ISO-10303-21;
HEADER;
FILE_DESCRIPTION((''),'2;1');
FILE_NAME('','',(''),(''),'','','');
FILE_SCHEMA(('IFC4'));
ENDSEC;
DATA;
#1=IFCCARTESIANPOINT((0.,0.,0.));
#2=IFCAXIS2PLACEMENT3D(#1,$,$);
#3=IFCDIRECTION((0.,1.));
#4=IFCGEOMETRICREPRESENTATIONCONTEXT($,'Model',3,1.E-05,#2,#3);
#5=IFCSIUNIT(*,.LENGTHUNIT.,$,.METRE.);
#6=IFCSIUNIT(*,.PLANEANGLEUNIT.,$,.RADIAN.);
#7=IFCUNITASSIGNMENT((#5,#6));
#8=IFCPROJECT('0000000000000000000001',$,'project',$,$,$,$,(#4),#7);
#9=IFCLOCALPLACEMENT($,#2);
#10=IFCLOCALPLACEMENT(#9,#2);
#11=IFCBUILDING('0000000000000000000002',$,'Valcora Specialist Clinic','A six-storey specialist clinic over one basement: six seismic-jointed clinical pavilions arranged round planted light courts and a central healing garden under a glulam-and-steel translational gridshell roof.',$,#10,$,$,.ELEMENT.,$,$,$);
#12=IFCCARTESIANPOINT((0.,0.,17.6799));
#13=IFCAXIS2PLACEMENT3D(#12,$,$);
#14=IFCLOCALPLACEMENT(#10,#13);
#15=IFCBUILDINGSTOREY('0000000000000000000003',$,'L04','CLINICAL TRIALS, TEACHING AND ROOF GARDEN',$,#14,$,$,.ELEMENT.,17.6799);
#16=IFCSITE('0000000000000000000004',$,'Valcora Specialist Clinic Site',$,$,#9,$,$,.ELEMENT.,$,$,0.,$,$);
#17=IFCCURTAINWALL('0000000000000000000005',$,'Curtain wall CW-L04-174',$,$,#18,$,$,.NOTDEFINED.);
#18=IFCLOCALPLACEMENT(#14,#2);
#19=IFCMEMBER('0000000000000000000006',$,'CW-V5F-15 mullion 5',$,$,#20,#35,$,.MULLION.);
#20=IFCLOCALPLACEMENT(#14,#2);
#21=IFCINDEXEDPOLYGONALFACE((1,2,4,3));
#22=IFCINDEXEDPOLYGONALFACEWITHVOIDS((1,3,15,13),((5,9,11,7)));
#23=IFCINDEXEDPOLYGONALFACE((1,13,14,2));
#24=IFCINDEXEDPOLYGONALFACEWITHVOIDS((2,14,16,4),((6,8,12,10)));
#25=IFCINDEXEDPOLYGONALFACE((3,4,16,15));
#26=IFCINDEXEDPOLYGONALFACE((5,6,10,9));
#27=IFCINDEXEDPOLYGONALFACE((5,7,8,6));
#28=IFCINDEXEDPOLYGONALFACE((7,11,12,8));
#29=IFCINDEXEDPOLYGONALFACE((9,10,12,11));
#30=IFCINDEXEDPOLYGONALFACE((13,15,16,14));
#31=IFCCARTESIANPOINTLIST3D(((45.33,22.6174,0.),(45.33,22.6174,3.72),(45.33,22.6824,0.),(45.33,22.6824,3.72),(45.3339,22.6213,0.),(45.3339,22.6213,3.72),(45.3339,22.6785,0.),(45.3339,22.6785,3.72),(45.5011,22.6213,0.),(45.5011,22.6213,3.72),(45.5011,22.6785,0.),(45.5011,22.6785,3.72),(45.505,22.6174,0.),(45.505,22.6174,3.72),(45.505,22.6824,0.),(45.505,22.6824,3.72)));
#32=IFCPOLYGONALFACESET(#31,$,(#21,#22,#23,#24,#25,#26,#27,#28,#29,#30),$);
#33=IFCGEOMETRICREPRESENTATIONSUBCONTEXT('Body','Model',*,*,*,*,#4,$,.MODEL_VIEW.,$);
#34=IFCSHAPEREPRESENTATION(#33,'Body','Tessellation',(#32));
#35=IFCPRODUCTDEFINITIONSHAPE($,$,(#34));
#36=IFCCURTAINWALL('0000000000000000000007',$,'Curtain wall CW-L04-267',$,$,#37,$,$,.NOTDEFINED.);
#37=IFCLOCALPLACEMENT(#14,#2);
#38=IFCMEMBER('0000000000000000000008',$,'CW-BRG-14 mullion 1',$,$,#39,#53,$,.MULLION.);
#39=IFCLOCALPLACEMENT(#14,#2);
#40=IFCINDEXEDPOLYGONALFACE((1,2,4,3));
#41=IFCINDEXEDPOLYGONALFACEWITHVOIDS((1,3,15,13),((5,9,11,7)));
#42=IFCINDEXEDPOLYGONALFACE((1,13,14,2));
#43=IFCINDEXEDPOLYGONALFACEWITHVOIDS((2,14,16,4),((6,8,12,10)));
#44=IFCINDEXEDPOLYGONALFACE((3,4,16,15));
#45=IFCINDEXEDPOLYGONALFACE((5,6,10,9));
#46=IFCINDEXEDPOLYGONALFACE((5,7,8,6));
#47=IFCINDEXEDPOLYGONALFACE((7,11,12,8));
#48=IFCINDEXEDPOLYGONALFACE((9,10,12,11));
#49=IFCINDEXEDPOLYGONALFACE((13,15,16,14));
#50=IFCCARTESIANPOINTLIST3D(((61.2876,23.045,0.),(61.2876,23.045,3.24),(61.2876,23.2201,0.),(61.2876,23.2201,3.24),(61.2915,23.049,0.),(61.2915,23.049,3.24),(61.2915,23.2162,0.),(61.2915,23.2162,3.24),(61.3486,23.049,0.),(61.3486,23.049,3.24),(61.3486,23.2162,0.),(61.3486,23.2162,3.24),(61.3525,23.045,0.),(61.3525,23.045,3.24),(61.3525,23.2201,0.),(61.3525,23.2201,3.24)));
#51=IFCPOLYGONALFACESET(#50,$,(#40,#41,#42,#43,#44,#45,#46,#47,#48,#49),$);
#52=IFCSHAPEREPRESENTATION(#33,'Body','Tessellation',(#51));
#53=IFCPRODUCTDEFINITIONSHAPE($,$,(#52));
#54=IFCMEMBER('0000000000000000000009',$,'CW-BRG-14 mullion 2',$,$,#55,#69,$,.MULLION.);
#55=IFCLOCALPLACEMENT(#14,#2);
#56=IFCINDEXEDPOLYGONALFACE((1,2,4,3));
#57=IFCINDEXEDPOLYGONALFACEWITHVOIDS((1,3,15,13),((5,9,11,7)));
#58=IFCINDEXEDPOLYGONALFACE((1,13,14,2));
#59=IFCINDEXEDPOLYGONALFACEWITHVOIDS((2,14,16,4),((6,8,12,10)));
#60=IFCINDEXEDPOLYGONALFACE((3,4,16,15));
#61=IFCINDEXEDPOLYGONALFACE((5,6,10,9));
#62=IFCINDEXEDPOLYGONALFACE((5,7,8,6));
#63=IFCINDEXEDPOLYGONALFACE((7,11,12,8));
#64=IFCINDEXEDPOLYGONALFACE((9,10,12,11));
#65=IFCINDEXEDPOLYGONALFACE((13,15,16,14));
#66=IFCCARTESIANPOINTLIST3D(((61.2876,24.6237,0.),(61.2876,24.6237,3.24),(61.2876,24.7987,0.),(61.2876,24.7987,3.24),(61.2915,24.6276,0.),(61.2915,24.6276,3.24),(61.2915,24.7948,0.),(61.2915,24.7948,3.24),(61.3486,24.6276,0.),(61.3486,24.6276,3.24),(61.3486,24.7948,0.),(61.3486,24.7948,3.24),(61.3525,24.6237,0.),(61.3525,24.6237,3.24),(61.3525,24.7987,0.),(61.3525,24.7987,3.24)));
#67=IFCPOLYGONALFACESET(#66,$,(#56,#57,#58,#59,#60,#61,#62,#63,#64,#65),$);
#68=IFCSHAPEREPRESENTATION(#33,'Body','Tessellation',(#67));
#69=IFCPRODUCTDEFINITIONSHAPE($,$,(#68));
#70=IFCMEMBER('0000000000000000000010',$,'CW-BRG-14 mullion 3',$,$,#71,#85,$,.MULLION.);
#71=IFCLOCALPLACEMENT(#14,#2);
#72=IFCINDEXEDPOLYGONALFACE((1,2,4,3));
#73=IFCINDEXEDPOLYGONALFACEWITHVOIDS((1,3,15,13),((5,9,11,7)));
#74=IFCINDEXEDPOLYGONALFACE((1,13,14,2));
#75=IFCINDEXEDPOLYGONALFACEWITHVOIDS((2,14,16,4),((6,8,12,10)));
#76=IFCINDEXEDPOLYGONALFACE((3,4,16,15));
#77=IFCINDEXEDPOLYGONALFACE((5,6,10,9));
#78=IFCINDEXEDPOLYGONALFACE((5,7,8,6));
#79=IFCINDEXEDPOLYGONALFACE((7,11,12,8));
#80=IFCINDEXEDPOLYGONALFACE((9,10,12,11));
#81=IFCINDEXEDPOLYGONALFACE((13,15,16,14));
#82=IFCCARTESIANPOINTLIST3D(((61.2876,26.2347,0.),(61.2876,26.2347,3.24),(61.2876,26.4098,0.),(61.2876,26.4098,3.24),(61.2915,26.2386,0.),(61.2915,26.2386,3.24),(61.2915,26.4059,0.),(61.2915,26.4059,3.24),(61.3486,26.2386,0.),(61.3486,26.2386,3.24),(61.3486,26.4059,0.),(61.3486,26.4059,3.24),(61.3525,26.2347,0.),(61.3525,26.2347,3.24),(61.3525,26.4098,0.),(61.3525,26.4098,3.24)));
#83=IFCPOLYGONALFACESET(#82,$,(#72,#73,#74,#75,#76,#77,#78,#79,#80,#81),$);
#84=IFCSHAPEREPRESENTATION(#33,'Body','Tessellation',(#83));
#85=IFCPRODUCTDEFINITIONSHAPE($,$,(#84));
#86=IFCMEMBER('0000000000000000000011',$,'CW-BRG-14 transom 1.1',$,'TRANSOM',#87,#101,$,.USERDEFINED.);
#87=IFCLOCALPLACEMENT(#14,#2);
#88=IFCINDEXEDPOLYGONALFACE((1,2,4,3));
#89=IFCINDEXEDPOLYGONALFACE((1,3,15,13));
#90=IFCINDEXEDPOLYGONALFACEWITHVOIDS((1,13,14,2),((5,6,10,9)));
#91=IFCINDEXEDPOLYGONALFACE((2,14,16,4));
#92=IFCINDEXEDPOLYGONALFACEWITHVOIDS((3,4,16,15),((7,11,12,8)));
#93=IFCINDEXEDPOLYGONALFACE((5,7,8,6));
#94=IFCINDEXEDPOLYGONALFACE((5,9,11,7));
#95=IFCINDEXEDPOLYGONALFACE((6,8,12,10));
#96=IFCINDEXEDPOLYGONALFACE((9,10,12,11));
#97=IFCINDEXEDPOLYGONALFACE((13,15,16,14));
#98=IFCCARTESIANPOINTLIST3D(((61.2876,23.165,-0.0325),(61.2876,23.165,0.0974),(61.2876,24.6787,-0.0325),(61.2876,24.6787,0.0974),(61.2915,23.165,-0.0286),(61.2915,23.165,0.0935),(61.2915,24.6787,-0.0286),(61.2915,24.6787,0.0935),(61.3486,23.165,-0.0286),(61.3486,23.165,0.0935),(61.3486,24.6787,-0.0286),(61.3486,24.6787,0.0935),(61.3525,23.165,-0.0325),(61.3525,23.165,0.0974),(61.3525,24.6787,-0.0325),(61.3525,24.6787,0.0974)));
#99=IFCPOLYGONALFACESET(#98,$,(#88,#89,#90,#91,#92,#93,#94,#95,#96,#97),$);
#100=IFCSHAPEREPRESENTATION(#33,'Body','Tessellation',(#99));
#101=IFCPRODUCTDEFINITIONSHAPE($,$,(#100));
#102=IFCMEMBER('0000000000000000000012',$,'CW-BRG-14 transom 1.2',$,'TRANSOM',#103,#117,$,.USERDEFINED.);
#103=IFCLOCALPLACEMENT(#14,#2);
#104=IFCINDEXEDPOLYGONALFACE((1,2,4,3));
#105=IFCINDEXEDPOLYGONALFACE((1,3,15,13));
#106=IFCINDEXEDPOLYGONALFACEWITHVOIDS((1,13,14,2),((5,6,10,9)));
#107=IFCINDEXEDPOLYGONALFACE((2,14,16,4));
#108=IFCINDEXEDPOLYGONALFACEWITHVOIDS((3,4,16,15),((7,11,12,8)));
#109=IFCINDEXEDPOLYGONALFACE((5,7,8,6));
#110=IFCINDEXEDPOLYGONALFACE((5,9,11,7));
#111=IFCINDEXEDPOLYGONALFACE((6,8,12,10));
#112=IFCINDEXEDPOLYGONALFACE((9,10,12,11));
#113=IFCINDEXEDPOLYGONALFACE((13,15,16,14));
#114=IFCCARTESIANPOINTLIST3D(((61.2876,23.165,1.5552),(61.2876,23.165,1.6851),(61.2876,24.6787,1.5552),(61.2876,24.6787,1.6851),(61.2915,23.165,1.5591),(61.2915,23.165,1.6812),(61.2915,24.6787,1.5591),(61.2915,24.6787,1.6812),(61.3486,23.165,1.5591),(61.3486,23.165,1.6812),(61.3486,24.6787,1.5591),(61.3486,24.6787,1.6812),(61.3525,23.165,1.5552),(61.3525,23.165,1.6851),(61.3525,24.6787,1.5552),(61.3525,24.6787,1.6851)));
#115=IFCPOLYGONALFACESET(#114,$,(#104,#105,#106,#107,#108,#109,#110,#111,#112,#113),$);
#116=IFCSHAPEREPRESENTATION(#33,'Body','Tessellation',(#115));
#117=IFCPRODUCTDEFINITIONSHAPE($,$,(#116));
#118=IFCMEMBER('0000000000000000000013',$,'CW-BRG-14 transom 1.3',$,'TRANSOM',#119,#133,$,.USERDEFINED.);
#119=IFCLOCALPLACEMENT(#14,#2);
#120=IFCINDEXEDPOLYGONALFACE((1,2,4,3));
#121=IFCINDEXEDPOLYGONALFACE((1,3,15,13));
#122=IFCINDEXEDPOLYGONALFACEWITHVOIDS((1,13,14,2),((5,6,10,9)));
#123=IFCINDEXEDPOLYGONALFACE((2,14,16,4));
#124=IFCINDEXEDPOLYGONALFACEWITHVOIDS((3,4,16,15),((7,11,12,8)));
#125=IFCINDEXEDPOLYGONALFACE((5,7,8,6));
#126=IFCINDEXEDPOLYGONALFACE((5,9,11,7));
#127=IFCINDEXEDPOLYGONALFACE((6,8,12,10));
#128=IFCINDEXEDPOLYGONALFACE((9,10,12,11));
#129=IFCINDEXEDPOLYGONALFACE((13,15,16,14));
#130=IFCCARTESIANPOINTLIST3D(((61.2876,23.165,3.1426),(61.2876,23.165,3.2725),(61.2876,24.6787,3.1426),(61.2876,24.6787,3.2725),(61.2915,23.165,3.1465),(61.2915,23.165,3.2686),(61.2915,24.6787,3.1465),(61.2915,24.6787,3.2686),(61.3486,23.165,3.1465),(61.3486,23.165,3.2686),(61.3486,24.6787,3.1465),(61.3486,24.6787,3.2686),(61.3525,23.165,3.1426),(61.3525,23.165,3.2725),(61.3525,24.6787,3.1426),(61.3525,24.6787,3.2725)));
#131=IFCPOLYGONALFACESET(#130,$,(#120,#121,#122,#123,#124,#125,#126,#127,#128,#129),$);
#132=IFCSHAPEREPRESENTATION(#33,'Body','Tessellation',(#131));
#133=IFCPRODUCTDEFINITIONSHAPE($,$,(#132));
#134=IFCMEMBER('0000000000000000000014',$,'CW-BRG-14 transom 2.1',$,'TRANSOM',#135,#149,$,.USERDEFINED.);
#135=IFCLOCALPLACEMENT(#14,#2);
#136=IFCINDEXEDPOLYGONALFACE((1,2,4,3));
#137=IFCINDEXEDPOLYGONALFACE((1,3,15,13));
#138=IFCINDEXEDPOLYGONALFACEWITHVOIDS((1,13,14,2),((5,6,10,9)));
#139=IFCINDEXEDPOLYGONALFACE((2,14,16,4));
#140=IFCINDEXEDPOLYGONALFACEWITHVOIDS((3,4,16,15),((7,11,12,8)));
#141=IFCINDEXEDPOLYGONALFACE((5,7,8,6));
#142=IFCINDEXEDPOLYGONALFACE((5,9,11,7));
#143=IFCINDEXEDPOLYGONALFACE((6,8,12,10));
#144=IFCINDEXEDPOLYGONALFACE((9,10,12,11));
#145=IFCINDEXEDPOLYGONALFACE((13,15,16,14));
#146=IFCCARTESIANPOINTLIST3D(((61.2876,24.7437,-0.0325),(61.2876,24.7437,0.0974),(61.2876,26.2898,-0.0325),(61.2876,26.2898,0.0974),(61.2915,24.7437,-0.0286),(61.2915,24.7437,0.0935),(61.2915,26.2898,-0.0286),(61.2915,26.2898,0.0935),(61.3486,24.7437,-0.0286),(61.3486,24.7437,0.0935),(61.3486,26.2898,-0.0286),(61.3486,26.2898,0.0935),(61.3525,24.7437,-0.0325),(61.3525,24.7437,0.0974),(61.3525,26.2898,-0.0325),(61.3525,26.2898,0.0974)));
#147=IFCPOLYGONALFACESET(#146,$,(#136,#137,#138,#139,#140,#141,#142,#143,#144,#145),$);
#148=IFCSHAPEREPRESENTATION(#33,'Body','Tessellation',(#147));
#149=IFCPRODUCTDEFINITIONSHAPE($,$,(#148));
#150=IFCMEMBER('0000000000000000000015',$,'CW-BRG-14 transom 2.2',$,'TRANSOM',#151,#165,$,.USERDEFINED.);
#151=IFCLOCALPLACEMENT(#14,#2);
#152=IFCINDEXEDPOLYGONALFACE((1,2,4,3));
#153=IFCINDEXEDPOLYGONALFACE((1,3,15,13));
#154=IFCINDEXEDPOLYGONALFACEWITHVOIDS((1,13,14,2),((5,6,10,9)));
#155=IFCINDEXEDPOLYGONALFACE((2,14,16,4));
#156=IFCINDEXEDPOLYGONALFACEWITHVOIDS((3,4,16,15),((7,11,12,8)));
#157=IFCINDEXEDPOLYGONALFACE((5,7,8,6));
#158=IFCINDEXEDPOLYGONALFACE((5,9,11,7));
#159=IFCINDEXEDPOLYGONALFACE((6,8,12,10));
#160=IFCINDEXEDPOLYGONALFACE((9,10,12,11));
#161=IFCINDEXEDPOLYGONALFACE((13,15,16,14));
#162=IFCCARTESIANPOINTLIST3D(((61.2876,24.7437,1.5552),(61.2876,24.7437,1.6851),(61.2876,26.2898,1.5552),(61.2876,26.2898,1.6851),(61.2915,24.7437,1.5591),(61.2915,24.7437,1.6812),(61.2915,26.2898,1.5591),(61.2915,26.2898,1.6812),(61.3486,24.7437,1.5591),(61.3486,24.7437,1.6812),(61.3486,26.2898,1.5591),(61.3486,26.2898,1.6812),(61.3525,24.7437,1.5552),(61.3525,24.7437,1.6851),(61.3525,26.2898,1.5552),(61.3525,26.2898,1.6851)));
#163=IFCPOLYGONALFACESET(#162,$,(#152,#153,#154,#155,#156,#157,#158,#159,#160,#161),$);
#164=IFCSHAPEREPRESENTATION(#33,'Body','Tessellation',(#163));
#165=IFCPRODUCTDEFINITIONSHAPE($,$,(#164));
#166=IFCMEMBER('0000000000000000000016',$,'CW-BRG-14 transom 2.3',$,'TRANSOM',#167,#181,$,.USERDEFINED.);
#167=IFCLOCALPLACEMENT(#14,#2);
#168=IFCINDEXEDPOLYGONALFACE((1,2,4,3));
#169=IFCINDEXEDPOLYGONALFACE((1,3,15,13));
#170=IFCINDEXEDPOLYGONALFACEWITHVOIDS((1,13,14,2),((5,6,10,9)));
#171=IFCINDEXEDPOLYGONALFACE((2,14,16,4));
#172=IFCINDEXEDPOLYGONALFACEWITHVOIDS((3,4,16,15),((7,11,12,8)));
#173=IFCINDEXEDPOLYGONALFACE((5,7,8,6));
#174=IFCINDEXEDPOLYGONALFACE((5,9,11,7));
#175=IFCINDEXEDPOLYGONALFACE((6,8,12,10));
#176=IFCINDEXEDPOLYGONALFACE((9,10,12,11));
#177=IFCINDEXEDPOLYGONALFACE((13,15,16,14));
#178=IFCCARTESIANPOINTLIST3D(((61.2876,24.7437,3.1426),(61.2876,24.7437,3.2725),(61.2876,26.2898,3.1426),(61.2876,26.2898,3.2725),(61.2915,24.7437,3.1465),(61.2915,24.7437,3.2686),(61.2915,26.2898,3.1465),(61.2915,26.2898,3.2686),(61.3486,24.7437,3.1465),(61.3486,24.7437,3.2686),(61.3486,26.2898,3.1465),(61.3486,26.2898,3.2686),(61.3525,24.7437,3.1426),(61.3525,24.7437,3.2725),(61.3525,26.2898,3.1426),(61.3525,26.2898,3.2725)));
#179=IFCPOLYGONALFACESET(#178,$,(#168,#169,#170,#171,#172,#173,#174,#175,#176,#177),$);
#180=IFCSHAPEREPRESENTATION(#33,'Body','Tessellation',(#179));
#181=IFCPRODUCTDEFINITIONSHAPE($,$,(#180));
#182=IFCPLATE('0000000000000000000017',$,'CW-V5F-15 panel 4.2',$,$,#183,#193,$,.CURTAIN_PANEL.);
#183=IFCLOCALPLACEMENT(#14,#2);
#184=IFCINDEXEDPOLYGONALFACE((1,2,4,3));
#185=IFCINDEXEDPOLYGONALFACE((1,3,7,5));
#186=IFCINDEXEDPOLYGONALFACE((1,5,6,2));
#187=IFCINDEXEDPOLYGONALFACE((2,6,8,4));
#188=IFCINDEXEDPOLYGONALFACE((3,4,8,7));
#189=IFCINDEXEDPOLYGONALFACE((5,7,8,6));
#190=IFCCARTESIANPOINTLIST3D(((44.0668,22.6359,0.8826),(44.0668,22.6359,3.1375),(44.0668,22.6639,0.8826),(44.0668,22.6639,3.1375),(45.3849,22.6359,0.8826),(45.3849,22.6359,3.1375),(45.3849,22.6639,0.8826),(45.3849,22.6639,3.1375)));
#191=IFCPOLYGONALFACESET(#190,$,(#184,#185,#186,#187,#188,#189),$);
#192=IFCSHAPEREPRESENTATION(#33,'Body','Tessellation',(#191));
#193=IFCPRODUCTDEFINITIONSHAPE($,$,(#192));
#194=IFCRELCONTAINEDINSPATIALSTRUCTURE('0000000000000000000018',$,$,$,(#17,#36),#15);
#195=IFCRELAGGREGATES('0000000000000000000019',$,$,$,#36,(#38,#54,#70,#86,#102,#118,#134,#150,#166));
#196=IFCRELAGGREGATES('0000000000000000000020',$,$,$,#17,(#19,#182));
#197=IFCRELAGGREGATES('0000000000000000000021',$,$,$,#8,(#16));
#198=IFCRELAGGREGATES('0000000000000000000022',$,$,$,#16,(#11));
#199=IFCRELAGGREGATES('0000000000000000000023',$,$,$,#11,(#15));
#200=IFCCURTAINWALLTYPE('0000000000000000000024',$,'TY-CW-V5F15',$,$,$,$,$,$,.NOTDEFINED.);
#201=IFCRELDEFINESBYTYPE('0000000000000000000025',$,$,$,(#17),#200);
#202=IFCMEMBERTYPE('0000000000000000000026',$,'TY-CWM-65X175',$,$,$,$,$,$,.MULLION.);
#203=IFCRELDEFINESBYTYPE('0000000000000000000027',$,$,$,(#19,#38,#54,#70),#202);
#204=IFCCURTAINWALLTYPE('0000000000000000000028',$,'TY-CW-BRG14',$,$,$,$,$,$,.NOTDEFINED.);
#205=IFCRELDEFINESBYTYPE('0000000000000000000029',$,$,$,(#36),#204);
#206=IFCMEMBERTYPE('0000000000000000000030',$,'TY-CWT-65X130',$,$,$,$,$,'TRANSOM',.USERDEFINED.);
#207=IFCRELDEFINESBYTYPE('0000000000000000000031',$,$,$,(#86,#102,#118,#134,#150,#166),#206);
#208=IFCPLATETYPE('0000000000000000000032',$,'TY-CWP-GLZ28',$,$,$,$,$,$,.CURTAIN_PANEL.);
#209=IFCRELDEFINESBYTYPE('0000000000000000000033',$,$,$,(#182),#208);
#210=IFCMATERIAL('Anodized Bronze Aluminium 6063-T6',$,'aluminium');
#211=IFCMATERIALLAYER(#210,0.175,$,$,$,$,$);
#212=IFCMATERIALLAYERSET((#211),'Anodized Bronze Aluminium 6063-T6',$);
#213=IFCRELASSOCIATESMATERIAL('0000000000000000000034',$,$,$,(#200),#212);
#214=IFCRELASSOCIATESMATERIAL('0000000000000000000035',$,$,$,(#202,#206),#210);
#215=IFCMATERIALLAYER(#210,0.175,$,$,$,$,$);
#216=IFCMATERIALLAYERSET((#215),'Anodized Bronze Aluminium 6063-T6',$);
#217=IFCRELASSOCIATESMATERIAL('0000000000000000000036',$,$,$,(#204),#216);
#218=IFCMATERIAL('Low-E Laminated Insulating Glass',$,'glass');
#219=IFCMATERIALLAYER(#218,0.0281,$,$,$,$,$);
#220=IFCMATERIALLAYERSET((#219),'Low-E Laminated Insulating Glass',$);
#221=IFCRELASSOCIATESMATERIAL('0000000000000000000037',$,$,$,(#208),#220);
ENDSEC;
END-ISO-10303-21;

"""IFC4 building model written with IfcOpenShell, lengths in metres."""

from ifc_helpers import new_model, si_unit, direction, frame, origin, origin_2d, place, context, subcontext, project, spatial, rectangle, hollow_rectangle, extrude, material, layer, layer_set, material_profile, profile_set, type_object, element, aggregate, save


model = new_model("IFC4")

# Units and contexts
model_context = context("Model", 3, precision=1e-05, world=origin(), true_north=direction((0.0, 1.0)))
body_context = subcontext(model_context, "Body", "Model", "MODEL_VIEW")
ifc_project = project(units=[si_unit("LENGTHUNIT", "METRE"), si_unit("PLANEANGLEUNIT", "RADIAN")], contexts=[model_context])

# Site, building, storey
site_placement = place(None, origin())
site = spatial("IfcSite", under=ifc_project, at=site_placement, Name="Valcora Specialist Clinic Site", CompositionType="ELEMENT", RefElevation=0.0)
building_placement = place(site_placement, origin())
building = spatial("IfcBuilding", under=site, at=building_placement, Name="Valcora Specialist Clinic", Description="A six-storey specialist clinic over one basement: six seismic-jointed clinical pavilions arranged round planted light courts and a central healing garden under a glulam-and-steel translational gridshell roof.", CompositionType="ELEMENT")
storey_placement = place(building_placement, frame((0.0, 0.0, 17.6799)))
storey = spatial("IfcBuildingStorey", under=building, at=storey_placement, Name="L04", Description="CLINICAL TRIALS, TEACHING AND ROOF GARDEN", CompositionType="ELEMENT", Elevation=17.6799)

# Curtain wall, member
ifc_material_1 = material(Name="Anodized Bronze Aluminium 6063-T6", Category="aluminium")
ifc_layer_1 = layer(ifc_material_1, 0.175)
ifc_layer_set_1 = layer_set([ifc_layer_1], Name="Anodized Bronze Aluminium 6063-T6")
curtain_wall_type_1 = type_object("IfcCurtainWallType", Name="TY-CW-V5F15", PredefinedType="NOTDEFINED", material=ifc_layer_set_1)
curtain_wall_1_placement = place(storey_placement, origin())
curtain_wall_1 = element("IfcCurtainWall", 1, at=curtain_wall_1_placement, inside=storey, type_object=curtain_wall_type_1, Name="Curtain wall CW-L04-174", PredefinedType="NOTDEFINED")
ifc_material_profile_1 = material_profile(ifc_material_1, hollow_rectangle(XDim=0.0649, YDim=0.175, WallThickness=0.0039, at=origin_2d()), Name="AL-MUL-65X175")
ifc_profile_set_1 = profile_set([ifc_material_profile_1], Name="Anodized Bronze Aluminium 6063-T6")
member_type_1 = type_object("IfcMemberType", Name="TY-CWM-65X175", PredefinedType="MULLION", material=ifc_profile_set_1)
member_1_placement = place(storey_placement, frame((45.4175, 22.6499, 0.0), z_axis=(0.0, 0.0, 1.0), x_axis=(0.0, 1.0, 0.0)))
member_1 = element("IfcMember", 2, at=member_1_placement, type_object=member_type_1, Name="CW-V5F-15 mullion 5", PredefinedType="MULLION", context=body_context, shape_type="SweptSolid", body=[
    extrude(hollow_rectangle(XDim=0.0649, YDim=0.175, WallThickness=0.0039, at=origin_2d()), origin(), (0.0, 0.0, 1.0), 3.72),
])

# Curtain wall, members
ifc_layer_2 = layer(ifc_material_1, 0.175)
ifc_layer_set_2 = layer_set([ifc_layer_2], Name="Anodized Bronze Aluminium 6063-T6")
curtain_wall_type_2 = type_object("IfcCurtainWallType", Name="TY-CW-BRG14", PredefinedType="NOTDEFINED", material=ifc_layer_set_2)
curtain_wall_2_placement = place(storey_placement, origin())
curtain_wall_2 = element("IfcCurtainWall", 3, at=curtain_wall_2_placement, inside=storey, type_object=curtain_wall_type_2, Name="Curtain wall CW-L04-267", PredefinedType="NOTDEFINED")
member_2_placement = place(storey_placement, frame((61.3201, 23.1326, 0.0), z_axis=(0.0, 0.0, 1.0), x_axis=(-1.0, 0.0, 0.0)))
member_2 = element("IfcMember", 4, at=member_2_placement, type_object=member_type_1, Name="CW-BRG-14 mullion 1", PredefinedType="MULLION", context=body_context, shape_type="SweptSolid", body=[
    extrude(hollow_rectangle(XDim=0.0649, YDim=0.175, WallThickness=0.0039, at=origin_2d()), origin(), (0.0, 0.0, 1.0), 3.24),
])
member_3_placement = place(storey_placement, frame((61.3201, 24.7112, 0.0), z_axis=(0.0, 0.0, 1.0), x_axis=(-1.0, 0.0, 0.0)))
member_3 = element("IfcMember", 5, at=member_3_placement, type_object=member_type_1, Name="CW-BRG-14 mullion 2", PredefinedType="MULLION", context=body_context, shape_type="SweptSolid", body=[
    extrude(hollow_rectangle(XDim=0.0649, YDim=0.175, WallThickness=0.0039, at=origin_2d()), origin(), (0.0, 0.0, 1.0), 3.24),
])
member_4_placement = place(storey_placement, frame((61.3201, 26.3223, 0.0), z_axis=(0.0, 0.0, 1.0), x_axis=(-1.0, 0.0, 0.0)))
member_4 = element("IfcMember", 6, at=member_4_placement, type_object=member_type_1, Name="CW-BRG-14 mullion 3", PredefinedType="MULLION", context=body_context, shape_type="SweptSolid", body=[
    extrude(hollow_rectangle(XDim=0.0649, YDim=0.175, WallThickness=0.0039, at=origin_2d()), origin(), (0.0, 0.0, 1.0), 3.24),
])
ifc_material_profile_2 = material_profile(ifc_material_1, hollow_rectangle(XDim=0.0649, YDim=0.1299, WallThickness=0.0039, at=origin_2d()), Name="AL-TRN-65X130")
ifc_profile_set_2 = profile_set([ifc_material_profile_2], Name="Anodized Bronze Aluminium 6063-T6")
member_type_2 = type_object("IfcMemberType", Name="TY-CWT-65X130", ElementType="TRANSOM", PredefinedType="USERDEFINED", material=ifc_profile_set_2)
member_5_placement = place(storey_placement, frame((61.3201, 23.165, 0.0325), z_axis=(0.0, 1.0, 0.0), x_axis=(-1.0, 0.0, 0.0)))
member_5 = element("IfcMember", 7, at=member_5_placement, type_object=member_type_2, Name="CW-BRG-14 transom 1.1", ObjectType="TRANSOM", PredefinedType="USERDEFINED", context=body_context, shape_type="SweptSolid", body=[
    extrude(hollow_rectangle(XDim=0.0649, YDim=0.1299, WallThickness=0.0039, at=origin_2d()), origin(), (0.0, 0.0, 1.0), 1.5137),
])
member_6_placement = place(storey_placement, frame((61.3201, 23.165, 1.6201), z_axis=(0.0, 1.0, 0.0), x_axis=(-1.0, 0.0, 0.0)))
member_6 = element("IfcMember", 8, at=member_6_placement, type_object=member_type_2, Name="CW-BRG-14 transom 1.2", ObjectType="TRANSOM", PredefinedType="USERDEFINED", context=body_context, shape_type="SweptSolid", body=[
    extrude(hollow_rectangle(XDim=0.0649, YDim=0.1299, WallThickness=0.0039, at=origin_2d()), origin(), (0.0, 0.0, 1.0), 1.5137),
])
member_7_placement = place(storey_placement, frame((61.3201, 23.165, 3.2075), z_axis=(0.0, 1.0, 0.0), x_axis=(-1.0, 0.0, 0.0)))
member_7 = element("IfcMember", 9, at=member_7_placement, type_object=member_type_2, Name="CW-BRG-14 transom 1.3", ObjectType="TRANSOM", PredefinedType="USERDEFINED", context=body_context, shape_type="SweptSolid", body=[
    extrude(hollow_rectangle(XDim=0.0649, YDim=0.1299, WallThickness=0.0039, at=origin_2d()), origin(), (0.0, 0.0, 1.0), 1.5137),
])
member_8_placement = place(storey_placement, frame((61.3201, 24.7437, 0.0325), z_axis=(0.0, 1.0, 0.0), x_axis=(-1.0, 0.0, 0.0)))
member_8 = element("IfcMember", 10, at=member_8_placement, type_object=member_type_2, Name="CW-BRG-14 transom 2.1", ObjectType="TRANSOM", PredefinedType="USERDEFINED", context=body_context, shape_type="SweptSolid", body=[
    extrude(hollow_rectangle(XDim=0.0649, YDim=0.1299, WallThickness=0.0039, at=origin_2d()), origin(), (0.0, 0.0, 1.0), 1.5461),
])
member_9_placement = place(storey_placement, frame((61.3201, 24.7437, 1.6201), z_axis=(0.0, 1.0, 0.0), x_axis=(-1.0, 0.0, 0.0)))
member_9 = element("IfcMember", 11, at=member_9_placement, type_object=member_type_2, Name="CW-BRG-14 transom 2.2", ObjectType="TRANSOM", PredefinedType="USERDEFINED", context=body_context, shape_type="SweptSolid", body=[
    extrude(hollow_rectangle(XDim=0.0649, YDim=0.1299, WallThickness=0.0039, at=origin_2d()), origin(), (0.0, 0.0, 1.0), 1.5461),
])
member_10_placement = place(storey_placement, frame((61.3201, 24.7437, 3.2075), z_axis=(0.0, 1.0, 0.0), x_axis=(-1.0, 0.0, 0.0)))
member_10 = element("IfcMember", 12, at=member_10_placement, type_object=member_type_2, Name="CW-BRG-14 transom 2.3", ObjectType="TRANSOM", PredefinedType="USERDEFINED", context=body_context, shape_type="SweptSolid", body=[
    extrude(hollow_rectangle(XDim=0.0649, YDim=0.1299, WallThickness=0.0039, at=origin_2d()), origin(), (0.0, 0.0, 1.0), 1.5461),
])

# Plate
ifc_material_2 = material(Name="Low-E Laminated Insulating Glass", Category="glass")
ifc_layer_3 = layer(ifc_material_2, 0.0281)
ifc_layer_set_3 = layer_set([ifc_layer_3], Name="Low-E Laminated Insulating Glass")
plate_type_1 = type_object("IfcPlateType", Name="TY-CWP-GLZ28", PredefinedType="CURTAIN_PANEL", material=ifc_layer_set_3)
plate_1_placement = place(storey_placement, frame((44.7258, 22.6499, 0.8826), z_axis=(0.0, 0.0, 1.0), x_axis=(1.0, 0.0, 0.0)))
plate_1 = element("IfcPlate", 13, at=plate_1_placement, type_object=plate_type_1, Name="CW-V5F-15 panel 4.2", PredefinedType="CURTAIN_PANEL", context=body_context, shape_type="SweptSolid", body=[
    extrude(rectangle(XDim=1.3181, YDim=0.0281, at=origin_2d()), origin(), (0.0, 0.0, 1.0), 2.2549),
])
aggregate(curtain_wall_2, [member_2, member_3, member_4, member_5, member_6, member_7, member_8, member_9, member_10])
aggregate(curtain_wall_1, [member_1, plate_1])

save(model, "model.ifc")
